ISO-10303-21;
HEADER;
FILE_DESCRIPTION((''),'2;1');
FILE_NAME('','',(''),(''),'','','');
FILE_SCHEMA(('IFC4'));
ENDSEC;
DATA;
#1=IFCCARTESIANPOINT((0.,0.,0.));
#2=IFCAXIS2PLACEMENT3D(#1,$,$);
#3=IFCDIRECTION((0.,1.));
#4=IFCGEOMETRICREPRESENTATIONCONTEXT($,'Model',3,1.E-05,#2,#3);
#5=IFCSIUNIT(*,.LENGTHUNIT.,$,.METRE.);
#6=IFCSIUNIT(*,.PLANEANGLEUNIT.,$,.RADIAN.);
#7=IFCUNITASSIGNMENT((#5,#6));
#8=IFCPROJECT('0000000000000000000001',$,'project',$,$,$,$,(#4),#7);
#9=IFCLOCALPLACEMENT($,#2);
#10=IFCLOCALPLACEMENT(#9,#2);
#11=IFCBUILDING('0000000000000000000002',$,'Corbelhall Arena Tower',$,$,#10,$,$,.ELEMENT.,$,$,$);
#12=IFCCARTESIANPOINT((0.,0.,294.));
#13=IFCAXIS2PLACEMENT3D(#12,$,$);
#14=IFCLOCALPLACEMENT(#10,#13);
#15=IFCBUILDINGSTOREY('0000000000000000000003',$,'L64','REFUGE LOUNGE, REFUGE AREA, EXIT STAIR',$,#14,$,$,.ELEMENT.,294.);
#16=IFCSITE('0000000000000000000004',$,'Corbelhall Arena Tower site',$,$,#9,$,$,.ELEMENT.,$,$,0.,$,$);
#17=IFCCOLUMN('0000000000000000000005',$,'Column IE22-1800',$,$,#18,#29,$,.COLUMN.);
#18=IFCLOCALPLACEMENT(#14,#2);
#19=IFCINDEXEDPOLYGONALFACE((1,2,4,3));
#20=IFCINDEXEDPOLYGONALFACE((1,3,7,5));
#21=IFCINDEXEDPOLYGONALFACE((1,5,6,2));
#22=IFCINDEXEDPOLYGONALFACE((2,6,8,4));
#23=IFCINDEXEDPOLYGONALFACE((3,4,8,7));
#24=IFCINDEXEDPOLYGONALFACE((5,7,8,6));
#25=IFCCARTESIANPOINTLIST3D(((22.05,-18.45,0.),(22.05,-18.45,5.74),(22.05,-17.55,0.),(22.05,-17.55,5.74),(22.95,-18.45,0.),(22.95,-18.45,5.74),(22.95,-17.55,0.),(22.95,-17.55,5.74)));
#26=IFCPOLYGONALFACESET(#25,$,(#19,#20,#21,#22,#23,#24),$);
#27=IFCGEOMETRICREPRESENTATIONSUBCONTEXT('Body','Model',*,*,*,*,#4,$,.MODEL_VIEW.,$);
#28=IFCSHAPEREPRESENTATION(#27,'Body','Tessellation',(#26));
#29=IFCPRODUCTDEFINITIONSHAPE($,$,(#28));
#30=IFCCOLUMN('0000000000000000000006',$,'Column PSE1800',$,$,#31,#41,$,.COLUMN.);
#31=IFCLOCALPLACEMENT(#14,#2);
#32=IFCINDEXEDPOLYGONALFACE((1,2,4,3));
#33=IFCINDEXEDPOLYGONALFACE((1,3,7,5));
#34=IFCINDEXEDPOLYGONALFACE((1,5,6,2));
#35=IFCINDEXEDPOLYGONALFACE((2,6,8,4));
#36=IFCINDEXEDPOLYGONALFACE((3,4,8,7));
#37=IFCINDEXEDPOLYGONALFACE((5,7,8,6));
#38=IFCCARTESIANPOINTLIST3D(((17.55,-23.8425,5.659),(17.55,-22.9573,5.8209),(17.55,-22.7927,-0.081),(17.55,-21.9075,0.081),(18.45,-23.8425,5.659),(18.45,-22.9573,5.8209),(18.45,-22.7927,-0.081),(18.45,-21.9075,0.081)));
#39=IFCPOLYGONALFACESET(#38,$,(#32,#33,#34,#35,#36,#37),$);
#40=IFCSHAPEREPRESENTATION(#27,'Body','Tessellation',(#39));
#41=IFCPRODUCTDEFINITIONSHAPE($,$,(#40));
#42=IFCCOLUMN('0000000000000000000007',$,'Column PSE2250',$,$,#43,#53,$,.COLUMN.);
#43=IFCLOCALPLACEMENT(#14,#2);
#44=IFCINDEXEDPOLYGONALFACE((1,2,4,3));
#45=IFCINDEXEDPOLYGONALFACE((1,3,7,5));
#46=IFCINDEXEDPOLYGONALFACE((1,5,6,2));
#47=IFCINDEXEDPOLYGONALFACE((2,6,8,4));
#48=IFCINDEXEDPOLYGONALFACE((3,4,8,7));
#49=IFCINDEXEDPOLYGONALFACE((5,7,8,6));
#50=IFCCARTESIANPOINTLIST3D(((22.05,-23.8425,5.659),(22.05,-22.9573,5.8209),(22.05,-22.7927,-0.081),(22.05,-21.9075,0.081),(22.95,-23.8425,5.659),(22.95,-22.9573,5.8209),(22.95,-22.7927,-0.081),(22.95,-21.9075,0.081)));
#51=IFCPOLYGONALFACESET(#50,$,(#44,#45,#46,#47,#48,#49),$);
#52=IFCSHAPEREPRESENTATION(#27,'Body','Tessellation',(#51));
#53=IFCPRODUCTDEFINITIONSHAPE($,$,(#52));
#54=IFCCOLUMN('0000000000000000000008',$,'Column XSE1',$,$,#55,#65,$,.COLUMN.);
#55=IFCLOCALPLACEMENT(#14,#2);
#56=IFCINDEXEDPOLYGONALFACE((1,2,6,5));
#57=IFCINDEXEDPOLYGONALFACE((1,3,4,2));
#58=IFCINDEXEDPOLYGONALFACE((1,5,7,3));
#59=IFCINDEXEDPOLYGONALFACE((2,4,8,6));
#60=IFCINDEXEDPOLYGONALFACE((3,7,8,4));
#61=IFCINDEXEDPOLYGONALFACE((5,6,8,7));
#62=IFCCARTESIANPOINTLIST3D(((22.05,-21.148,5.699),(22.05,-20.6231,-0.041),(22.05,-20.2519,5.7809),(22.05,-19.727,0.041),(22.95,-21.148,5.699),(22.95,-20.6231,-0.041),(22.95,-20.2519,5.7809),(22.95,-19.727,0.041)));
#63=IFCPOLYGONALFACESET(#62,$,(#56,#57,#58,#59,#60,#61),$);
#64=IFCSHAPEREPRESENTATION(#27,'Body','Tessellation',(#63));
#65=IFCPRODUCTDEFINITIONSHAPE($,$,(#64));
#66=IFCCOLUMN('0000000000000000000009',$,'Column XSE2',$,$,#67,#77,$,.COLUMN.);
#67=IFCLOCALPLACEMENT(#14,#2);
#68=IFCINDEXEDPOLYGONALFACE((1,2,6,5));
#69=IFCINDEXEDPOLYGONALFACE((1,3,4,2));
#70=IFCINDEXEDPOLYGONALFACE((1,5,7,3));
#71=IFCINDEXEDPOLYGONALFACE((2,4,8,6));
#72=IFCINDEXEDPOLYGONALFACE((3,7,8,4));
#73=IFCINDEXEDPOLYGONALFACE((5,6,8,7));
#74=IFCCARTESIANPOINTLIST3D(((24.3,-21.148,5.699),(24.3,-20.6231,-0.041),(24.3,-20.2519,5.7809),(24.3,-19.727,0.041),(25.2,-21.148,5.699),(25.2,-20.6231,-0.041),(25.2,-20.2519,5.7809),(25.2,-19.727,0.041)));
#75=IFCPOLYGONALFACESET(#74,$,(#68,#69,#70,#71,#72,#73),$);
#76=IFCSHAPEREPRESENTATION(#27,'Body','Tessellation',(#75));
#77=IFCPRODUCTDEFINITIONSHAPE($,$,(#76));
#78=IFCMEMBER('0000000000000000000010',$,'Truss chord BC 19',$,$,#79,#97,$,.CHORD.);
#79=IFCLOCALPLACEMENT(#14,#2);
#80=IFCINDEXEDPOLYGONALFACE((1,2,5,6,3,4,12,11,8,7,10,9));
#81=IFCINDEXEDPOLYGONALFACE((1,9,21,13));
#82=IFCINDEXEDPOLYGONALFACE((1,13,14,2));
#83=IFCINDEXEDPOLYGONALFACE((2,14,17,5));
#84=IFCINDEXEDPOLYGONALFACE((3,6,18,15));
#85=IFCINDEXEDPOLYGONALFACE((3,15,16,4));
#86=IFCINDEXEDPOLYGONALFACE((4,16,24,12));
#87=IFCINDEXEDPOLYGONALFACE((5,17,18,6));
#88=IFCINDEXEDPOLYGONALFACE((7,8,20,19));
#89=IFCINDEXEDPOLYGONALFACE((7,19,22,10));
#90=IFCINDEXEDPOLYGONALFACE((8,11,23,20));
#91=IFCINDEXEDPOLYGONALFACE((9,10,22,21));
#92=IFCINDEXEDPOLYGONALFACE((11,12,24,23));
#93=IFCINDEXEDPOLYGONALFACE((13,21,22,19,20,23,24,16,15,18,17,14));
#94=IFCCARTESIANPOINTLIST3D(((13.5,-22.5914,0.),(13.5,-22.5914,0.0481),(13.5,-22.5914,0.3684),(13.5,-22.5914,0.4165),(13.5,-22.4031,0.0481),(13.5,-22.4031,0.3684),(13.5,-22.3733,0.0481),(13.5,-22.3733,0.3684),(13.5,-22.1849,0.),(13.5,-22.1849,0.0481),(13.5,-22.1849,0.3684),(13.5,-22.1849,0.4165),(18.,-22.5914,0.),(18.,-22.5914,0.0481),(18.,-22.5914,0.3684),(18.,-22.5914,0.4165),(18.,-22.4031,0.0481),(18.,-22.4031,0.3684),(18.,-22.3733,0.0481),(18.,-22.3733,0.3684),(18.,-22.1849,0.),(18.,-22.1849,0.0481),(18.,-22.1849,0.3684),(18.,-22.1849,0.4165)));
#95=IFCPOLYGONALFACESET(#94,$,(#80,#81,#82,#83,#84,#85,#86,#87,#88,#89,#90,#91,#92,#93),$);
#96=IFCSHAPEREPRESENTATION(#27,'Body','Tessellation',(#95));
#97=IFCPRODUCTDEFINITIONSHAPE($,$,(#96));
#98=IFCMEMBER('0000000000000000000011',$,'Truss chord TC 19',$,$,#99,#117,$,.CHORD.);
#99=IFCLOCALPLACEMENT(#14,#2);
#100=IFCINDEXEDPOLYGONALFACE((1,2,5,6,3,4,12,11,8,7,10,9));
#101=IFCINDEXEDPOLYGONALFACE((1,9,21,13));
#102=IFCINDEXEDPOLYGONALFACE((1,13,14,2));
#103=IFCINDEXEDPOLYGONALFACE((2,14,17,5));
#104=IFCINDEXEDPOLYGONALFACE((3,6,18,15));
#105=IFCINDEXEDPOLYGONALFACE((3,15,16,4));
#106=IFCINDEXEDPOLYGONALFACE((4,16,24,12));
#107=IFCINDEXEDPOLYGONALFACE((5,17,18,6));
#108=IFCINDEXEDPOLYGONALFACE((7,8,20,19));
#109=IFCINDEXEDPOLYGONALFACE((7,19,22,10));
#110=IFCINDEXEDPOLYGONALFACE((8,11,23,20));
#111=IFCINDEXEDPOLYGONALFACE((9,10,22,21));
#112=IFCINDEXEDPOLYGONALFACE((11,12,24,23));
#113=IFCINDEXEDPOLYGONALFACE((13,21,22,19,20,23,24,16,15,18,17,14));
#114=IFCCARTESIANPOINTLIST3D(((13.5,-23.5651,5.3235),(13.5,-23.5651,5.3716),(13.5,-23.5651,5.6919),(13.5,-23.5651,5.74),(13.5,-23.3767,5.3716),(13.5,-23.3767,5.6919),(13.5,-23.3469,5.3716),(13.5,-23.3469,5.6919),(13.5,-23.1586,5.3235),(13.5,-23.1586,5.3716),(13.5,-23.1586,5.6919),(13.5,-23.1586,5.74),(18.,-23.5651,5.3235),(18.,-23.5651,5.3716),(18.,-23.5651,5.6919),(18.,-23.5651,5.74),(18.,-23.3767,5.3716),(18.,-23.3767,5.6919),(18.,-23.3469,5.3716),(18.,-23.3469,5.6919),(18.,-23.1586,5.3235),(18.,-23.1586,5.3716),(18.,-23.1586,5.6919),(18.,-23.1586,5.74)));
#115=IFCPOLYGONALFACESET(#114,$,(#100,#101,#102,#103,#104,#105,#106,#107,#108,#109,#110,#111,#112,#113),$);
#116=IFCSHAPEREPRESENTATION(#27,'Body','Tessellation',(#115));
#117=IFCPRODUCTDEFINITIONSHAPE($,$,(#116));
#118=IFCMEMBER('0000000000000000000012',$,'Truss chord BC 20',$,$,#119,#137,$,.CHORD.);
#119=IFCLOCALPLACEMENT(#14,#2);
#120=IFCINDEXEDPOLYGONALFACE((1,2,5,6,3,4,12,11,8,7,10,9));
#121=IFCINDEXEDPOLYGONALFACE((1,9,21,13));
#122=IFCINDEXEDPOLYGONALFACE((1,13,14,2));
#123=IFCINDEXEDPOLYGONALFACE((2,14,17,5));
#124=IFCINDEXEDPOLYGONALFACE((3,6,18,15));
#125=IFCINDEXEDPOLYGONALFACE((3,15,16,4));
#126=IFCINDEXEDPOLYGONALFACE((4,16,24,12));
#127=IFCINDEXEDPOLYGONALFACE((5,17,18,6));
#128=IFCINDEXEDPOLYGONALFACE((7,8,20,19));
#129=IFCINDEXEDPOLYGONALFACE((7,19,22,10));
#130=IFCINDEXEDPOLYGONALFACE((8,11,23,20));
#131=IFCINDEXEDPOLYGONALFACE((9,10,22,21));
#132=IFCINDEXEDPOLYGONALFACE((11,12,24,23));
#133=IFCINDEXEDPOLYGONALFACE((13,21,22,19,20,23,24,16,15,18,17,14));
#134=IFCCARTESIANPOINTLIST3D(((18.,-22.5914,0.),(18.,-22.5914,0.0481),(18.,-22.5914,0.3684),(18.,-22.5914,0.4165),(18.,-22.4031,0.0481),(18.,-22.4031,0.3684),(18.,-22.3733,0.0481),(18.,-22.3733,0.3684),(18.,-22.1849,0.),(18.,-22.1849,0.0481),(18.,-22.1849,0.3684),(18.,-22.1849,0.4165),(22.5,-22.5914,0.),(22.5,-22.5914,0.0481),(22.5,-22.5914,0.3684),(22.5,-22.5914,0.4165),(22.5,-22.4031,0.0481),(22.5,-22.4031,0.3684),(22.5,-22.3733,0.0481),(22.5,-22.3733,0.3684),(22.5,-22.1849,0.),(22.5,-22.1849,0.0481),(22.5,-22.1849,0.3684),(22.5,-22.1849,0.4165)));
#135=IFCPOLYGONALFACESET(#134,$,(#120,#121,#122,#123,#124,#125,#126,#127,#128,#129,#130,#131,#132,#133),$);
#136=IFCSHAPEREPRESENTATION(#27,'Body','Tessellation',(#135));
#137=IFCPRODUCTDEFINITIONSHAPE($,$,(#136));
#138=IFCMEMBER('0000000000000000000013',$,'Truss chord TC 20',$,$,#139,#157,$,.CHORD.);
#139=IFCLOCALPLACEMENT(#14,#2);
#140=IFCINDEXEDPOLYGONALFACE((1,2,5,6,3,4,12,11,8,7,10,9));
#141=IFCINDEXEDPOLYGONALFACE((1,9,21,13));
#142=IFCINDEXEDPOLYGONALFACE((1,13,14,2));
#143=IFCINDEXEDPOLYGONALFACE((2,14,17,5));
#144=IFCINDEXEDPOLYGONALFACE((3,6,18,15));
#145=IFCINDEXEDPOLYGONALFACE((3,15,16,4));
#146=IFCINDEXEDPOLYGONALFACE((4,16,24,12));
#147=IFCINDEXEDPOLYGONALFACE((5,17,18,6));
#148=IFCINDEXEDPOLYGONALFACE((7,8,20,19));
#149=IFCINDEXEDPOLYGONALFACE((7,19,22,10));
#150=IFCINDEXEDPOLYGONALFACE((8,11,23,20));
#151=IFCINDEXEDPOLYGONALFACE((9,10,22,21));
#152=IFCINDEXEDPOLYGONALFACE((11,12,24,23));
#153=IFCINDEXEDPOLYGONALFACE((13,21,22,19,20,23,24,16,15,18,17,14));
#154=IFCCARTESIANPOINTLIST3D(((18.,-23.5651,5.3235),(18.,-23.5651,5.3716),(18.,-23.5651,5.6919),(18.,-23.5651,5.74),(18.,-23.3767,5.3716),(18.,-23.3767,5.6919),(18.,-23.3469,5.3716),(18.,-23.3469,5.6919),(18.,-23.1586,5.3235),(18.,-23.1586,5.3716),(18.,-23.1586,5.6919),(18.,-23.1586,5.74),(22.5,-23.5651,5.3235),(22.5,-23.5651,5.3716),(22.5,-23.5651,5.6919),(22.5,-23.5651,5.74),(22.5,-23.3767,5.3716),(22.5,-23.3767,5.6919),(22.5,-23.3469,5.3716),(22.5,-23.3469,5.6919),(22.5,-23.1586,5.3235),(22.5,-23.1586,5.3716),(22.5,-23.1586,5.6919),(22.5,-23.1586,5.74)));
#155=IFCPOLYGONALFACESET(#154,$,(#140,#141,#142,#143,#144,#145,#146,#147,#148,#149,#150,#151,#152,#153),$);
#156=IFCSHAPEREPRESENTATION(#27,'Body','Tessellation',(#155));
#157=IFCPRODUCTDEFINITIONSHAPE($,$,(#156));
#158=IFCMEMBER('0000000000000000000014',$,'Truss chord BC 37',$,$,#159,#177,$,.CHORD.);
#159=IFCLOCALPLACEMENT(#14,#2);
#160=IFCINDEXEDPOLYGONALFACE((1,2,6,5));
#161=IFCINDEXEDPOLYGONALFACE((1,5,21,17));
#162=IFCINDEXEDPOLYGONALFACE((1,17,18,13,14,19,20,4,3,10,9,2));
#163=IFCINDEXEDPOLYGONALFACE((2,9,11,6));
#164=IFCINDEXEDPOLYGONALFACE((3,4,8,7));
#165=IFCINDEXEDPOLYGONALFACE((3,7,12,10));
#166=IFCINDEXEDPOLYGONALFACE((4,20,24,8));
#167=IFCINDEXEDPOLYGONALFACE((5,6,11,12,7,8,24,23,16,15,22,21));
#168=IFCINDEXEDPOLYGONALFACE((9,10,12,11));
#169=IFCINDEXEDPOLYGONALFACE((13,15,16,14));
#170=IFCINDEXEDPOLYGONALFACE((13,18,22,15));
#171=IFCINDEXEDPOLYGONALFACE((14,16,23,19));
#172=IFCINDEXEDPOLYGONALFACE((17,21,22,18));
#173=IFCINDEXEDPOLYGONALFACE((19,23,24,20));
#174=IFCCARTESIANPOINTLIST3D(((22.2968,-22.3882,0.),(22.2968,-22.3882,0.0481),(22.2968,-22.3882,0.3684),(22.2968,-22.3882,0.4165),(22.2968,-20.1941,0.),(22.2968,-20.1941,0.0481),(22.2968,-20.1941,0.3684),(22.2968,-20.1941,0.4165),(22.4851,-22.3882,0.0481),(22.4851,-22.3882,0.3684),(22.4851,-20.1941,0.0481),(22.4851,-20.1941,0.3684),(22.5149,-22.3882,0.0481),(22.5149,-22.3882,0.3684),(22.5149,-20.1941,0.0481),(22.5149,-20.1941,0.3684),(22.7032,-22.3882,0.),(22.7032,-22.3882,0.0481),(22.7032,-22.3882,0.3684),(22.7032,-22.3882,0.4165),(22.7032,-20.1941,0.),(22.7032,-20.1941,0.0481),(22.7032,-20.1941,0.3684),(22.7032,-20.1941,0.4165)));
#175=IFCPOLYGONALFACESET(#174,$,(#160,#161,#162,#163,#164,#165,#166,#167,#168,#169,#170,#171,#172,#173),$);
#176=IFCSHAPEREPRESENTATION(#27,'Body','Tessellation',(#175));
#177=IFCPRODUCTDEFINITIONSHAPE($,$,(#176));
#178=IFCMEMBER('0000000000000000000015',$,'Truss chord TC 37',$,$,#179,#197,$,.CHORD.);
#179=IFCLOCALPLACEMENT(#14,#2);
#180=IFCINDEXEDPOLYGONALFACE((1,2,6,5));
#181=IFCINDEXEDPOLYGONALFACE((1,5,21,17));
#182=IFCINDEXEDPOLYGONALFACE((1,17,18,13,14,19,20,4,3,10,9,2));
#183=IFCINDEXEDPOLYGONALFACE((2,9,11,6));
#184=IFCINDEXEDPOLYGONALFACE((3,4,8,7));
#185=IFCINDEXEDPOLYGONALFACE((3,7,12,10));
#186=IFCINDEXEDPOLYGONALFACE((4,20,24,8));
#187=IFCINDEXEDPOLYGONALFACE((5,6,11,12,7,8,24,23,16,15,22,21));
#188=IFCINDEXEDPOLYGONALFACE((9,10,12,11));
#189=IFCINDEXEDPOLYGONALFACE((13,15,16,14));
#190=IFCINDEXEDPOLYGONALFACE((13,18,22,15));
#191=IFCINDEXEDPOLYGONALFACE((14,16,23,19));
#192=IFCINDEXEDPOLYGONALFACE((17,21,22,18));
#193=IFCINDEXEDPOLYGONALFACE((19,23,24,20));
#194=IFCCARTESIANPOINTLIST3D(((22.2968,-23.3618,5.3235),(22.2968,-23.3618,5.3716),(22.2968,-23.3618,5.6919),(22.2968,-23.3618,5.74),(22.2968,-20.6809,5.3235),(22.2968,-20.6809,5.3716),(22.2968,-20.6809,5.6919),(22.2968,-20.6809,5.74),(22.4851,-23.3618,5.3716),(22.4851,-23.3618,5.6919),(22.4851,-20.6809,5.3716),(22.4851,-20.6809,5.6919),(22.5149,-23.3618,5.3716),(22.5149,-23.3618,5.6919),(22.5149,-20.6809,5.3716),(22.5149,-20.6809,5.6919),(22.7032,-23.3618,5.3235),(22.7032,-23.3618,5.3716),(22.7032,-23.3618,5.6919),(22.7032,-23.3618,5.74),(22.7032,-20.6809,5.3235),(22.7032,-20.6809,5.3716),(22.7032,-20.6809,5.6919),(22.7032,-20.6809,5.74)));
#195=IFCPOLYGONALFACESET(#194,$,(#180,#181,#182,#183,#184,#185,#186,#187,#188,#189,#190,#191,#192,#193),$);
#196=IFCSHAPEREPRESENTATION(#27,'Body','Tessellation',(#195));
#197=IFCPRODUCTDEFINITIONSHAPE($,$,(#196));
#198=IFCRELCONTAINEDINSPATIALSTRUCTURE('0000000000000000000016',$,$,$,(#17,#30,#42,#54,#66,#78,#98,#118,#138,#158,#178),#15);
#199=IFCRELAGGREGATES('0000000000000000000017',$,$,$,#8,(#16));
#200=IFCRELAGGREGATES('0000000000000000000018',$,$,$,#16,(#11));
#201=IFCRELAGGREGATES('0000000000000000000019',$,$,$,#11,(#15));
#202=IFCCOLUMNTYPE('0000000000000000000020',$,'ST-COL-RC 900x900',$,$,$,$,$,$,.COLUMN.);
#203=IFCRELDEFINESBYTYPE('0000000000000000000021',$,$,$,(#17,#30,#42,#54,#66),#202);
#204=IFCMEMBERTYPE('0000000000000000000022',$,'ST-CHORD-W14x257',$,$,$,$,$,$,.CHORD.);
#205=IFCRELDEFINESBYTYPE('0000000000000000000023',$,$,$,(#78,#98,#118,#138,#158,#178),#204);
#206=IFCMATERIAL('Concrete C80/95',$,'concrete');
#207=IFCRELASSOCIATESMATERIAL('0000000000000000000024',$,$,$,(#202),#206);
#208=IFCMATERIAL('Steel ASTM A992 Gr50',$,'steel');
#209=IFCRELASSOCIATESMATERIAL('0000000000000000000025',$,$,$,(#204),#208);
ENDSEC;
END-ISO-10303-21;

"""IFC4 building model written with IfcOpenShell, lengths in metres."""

from ifc_helpers import new_model, si_unit, direction, frame, origin, origin_2d, place, context, subcontext, project, spatial, rectangle, i_section, extrude, material, material_profile, profile_set, type_object, element, save


model = new_model("IFC4")

# Units and contexts
model_context = context("Model", 3, precision=1e-05, world=origin(), true_north=direction((0.0, 1.0)))
body_context = subcontext(model_context, "Body", "Model", "MODEL_VIEW")
ifc_project = project(units=[si_unit("LENGTHUNIT", "METRE"), si_unit("PLANEANGLEUNIT", "RADIAN")], contexts=[model_context])

# Site, building, storey
site_placement = place(None, origin())
site = spatial("IfcSite", under=ifc_project, at=site_placement, Name="Corbelhall Arena Tower site", CompositionType="ELEMENT", RefElevation=0.0)
building_placement = place(site_placement, origin())
building = spatial("IfcBuilding", under=site, at=building_placement, Name="Corbelhall Arena Tower", CompositionType="ELEMENT")
storey_placement = place(building_placement, frame((0.0, 0.0, 294.0)))
storey = spatial("IfcBuildingStorey", under=building, at=storey_placement, Name="L64", Description="REFUGE LOUNGE, REFUGE AREA, EXIT STAIR", CompositionType="ELEMENT", Elevation=294.0)

# Columns
ifc_material_1 = material(Name="Concrete C80/95", Category="concrete")
ifc_material_profile_1 = material_profile(ifc_material_1, rectangle(XDim=0.8999, YDim=0.8999, at=origin_2d()))
ifc_profile_set_1 = profile_set([ifc_material_profile_1], Name="Concrete C80/95")
column_type = type_object("IfcColumnType", Name="ST-COL-RC 900x900", PredefinedType="COLUMN", material=ifc_profile_set_1)
column_placement = place(storey_placement, frame((22.5, -18.0, 0.0), z_axis=(0.0, 0.0, 1.0), x_axis=(1.0, 0.0, 0.0)))
element("IfcColumn", 1, at=column_placement, inside=storey, type_object=column_type, Name="Column IE22-1800", PredefinedType="COLUMN", context=body_context, shape_type="SweptSolid", body=[
    extrude(rectangle(XDim=0.8999, YDim=0.8999, at=origin_2d()), origin(), (0.0, 0.0, 1.0), 5.74),
])
for number, where, z_axis, x_axis, name in (
    (2, (18.0, -22.3501, 0.0), (0.0, -0.179909, 0.983683), (1.0, 0.0, 0.0), "Column PSE1800"),
    (3, (22.5, -22.3501, 0.0), (0.0, -0.179909, 0.983683), (1.0, 0.0, 0.0), "Column PSE2250"),
):
    element("IfcColumn", number, at=place(storey_placement, frame(where, z_axis=z_axis, x_axis=x_axis)), inside=storey, type_object=column_type, Name=name, PredefinedType="COLUMN", context=body_context, shape_type="SweptSolid", body=[
        extrude(rectangle(XDim=0.8999, YDim=0.8999, at=origin_2d()), origin(), (0.0, 0.0, 1.0), 5.8352),
    ])
for number, where, z_axis, x_axis, name in (
    (4, (22.5, -20.175, 0.0), (0.0, -0.091067, 0.995845), (1.0, 0.0, 0.0), "Column XSE1"),
    (5, (24.75, -20.175, 0.0), (0.0, -0.091067, 0.995845), (1.0, 0.0, 0.0), "Column XSE2"),
):
    element("IfcColumn", number, at=place(storey_placement, frame(where, z_axis=z_axis, x_axis=x_axis)), inside=storey, type_object=column_type, Name=name, PredefinedType="COLUMN", context=body_context, shape_type="SweptSolid", body=[
        extrude(rectangle(XDim=0.8999, YDim=0.8999, at=origin_2d()), origin(), (0.0, 0.0, 1.0), 5.7639),
    ])

# Members
ifc_material_2 = material(Name="Steel ASTM A992 Gr50", Category="steel")
ifc_material_profile_2 = material_profile(ifc_material_2, i_section(OverallWidth=0.4065, OverallDepth=0.4165, WebThickness=0.0298, FlangeThickness=0.0481, at=origin_2d()))
ifc_profile_set_2 = profile_set([ifc_material_profile_2], Name="Steel ASTM A992 Gr50")
member_type_1 = type_object("IfcMemberType", Name="ST-CHORD-W14x257", PredefinedType="CHORD", material=ifc_profile_set_2)
for number, where, z_axis, x_axis, name in (
    (6, (18.0, -22.3882, 0.2083), (-1.0, 0.0, 0.0), (0.0, -1.0, 0.0), "Truss chord BC 19"),
    (7, (18.0, -23.3618, 5.5317), (-1.0, 0.0, 0.0), (0.0, -1.0, 0.0), "Truss chord TC 19"),
    (8, (22.5, -22.3882, 0.2083), (-1.0, 0.0, 0.0), (0.0, -1.0, 0.0), "Truss chord BC 20"),
    (9, (22.5, -23.3618, 5.5317), (-1.0, 0.0, 0.0), (0.0, -1.0, 0.0), "Truss chord TC 20"),
):
    element("IfcMember", number, at=place(storey_placement, frame(where, z_axis=z_axis, x_axis=x_axis)), inside=storey, type_object=member_type_1, Name=name, PredefinedType="CHORD", context=body_context, shape_type="SweptSolid", body=[
        extrude(i_section(OverallWidth=0.4065, OverallDepth=0.4165, WebThickness=0.0298, FlangeThickness=0.0481, at=origin_2d()), origin(), (0.0, 0.0, 1.0), 4.5),
    ])
member_1_placement = place(storey_placement, frame((22.5, -20.1941, 0.2083), z_axis=(0.0, -1.0, 0.0), x_axis=(1.0, 0.0, 0.0)))
element("IfcMember", 10, at=member_1_placement, inside=storey, type_object=member_type_1, Name="Truss chord BC 37", PredefinedType="CHORD", context=body_context, shape_type="SweptSolid", body=[
    extrude(i_section(OverallWidth=0.4065, OverallDepth=0.4165, WebThickness=0.0298, FlangeThickness=0.0481, at=origin_2d()), origin(), (0.0, 0.0, 1.0), 2.1941),
])
member_2_placement = place(storey_placement, frame((22.5, -20.6809, 5.5317), z_axis=(0.0, -1.0, 0.0), x_axis=(1.0, 0.0, 0.0)))
element("IfcMember", 11, at=member_2_placement, inside=storey, type_object=member_type_1, Name="Truss chord TC 37", PredefinedType="CHORD", context=body_context, shape_type="SweptSolid", body=[
    extrude(i_section(OverallWidth=0.4065, OverallDepth=0.4165, WebThickness=0.0298, FlangeThickness=0.0481, at=origin_2d()), origin(), (0.0, 0.0, 1.0), 2.6809),
])

save(model, "model.ifc")
